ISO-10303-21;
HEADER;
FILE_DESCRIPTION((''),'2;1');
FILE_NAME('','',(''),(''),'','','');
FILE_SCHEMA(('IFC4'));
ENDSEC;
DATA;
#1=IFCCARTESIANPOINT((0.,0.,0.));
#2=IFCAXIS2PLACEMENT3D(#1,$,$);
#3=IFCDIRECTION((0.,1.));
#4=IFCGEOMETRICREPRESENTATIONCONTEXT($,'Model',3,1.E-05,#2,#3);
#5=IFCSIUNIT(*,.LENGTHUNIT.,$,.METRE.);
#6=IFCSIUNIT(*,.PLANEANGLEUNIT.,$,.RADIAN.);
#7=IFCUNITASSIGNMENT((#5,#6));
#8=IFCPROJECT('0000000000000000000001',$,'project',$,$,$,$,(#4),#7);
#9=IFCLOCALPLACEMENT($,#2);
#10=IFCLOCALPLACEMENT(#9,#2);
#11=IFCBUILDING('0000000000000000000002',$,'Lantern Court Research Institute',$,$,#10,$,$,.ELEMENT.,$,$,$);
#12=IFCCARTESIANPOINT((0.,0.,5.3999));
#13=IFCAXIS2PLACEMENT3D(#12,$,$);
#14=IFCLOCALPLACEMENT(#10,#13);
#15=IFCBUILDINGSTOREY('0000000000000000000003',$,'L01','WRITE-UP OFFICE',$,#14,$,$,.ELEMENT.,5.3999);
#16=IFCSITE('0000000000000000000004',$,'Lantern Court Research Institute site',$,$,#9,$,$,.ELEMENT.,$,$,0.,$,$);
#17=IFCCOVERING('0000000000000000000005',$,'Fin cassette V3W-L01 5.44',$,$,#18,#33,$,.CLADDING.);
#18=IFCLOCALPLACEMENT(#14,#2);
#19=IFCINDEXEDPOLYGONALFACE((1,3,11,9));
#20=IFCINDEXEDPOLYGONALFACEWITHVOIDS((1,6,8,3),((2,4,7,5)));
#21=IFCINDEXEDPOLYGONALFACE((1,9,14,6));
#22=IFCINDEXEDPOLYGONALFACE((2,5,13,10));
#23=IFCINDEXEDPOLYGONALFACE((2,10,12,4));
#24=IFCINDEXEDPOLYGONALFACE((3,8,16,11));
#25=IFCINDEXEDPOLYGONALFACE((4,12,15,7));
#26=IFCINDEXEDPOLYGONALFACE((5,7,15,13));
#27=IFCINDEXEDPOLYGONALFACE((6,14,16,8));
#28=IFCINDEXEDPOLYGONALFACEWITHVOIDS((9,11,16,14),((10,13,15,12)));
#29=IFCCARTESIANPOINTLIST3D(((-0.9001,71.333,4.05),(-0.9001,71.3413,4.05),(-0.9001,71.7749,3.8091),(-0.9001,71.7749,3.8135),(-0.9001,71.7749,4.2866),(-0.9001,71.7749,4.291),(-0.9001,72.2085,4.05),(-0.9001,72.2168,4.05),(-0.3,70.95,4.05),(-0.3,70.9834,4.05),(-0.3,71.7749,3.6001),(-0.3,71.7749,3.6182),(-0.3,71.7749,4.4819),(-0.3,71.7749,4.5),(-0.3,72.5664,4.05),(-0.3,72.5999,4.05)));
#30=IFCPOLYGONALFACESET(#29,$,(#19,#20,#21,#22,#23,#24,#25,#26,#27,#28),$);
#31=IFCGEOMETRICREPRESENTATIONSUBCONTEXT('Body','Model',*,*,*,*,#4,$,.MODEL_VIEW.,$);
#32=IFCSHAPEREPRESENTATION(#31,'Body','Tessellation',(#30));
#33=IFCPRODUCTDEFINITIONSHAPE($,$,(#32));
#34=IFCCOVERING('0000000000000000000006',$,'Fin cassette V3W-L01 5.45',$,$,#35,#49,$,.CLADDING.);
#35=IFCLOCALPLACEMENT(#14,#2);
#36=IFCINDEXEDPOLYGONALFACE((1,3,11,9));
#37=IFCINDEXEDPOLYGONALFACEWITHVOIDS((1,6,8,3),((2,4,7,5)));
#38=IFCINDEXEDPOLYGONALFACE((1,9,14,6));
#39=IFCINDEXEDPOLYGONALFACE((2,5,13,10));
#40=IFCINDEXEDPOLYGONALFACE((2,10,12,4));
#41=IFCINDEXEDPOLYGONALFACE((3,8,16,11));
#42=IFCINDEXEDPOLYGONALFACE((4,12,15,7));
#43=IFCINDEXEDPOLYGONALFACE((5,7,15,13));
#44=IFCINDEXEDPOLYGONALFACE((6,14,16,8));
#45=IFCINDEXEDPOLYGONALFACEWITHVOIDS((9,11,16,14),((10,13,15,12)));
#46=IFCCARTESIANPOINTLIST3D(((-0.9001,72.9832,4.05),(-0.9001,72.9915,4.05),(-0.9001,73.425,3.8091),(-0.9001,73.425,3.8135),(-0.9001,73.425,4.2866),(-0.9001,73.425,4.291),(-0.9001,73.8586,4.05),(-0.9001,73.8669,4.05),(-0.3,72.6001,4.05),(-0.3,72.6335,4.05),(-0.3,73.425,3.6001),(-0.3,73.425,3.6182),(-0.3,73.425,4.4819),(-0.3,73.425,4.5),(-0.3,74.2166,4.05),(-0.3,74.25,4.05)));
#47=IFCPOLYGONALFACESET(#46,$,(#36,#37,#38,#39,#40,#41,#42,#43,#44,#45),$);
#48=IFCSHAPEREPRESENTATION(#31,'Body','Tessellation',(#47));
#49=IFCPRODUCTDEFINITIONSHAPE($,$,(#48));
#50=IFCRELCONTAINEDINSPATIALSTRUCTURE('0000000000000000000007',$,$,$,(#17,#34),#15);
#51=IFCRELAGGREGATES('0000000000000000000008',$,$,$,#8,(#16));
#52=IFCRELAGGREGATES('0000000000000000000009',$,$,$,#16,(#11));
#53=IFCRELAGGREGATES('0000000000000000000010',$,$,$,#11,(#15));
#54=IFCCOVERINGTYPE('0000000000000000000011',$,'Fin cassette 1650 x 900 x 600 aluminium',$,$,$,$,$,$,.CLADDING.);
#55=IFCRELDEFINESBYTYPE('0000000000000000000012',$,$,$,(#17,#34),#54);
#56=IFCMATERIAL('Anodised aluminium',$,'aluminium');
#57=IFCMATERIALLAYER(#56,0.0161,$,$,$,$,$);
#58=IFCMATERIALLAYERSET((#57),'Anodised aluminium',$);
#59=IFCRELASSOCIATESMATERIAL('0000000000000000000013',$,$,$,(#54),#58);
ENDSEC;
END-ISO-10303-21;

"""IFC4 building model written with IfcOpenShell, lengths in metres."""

from ifc_helpers import new_model, entity, si_unit, direction, frame, origin, place, context, subcontext, project, spatial, material, layer, layer_set, type_object, element, save


model = new_model("IFC4")

# Units and contexts
model_context = context("Model", 3, precision=1e-05, world=origin(), true_north=direction((0.0, 1.0)))
body_context = subcontext(model_context, "Body", "Model", "MODEL_VIEW")
ifc_project = project(units=[si_unit("LENGTHUNIT", "METRE"), si_unit("PLANEANGLEUNIT", "RADIAN")], contexts=[model_context])

# Site, building, storey
site_placement = place(None, origin())
site = spatial("IfcSite", under=ifc_project, at=site_placement, Name="Lantern Court Research Institute site", CompositionType="ELEMENT", RefElevation=0.0)
building_placement = place(site_placement, origin())
building = spatial("IfcBuilding", under=site, at=building_placement, Name="Lantern Court Research Institute", CompositionType="ELEMENT")
storey_placement = place(building_placement, frame((0.0, 0.0, 5.3999)))
storey = spatial("IfcBuildingStorey", under=building, at=storey_placement, Name="L01", Description="WRITE-UP OFFICE", CompositionType="ELEMENT", Elevation=5.3999)

# Coverings
ifc_material_1 = material(Name="Anodised aluminium", Category="aluminium")
ifc_layer_1 = layer(ifc_material_1, 0.0161)
ifc_layer_set_1 = layer_set([ifc_layer_1], Name="Anodised aluminium")
covering_type_1 = type_object("IfcCoveringType", Name="Fin cassette 1650 x 900 x 600 aluminium", PredefinedType="CLADDING", material=ifc_layer_set_1)
covering_1_placement = place(storey_placement, frame((-0.3, 71.7749, 4.05), z_axis=(-1.0, 0.0, 0.0), x_axis=(0.0, -1.0, 0.0)))
cartesian_point_1 = entity("IfcCartesianPoint", [0.825, 0.0])
cartesian_point_2 = entity("IfcCartesianPoint", [0.7915, 0.0])
cartesian_point_3 = entity("IfcCartesianPoint", [0.4419, 0.0])
cartesian_point_4 = entity("IfcCartesianPoint", [0.4336, 0.0])
element("IfcCovering", 1, at=covering_1_placement, inside=storey, type_object=covering_type_1, Name="Fin cassette V3W-L01 5.44", PredefinedType="CLADDING", context=body_context, shape_type="SweptSolid", body=[
    entity("IfcExtrudedAreaSolidTapered", entity("IfcArbitraryProfileDefWithVoids", "AREA", None, entity("IfcPolyline", [cartesian_point_1, entity("IfcCartesianPoint", [0.0, 0.45]), entity("IfcCartesianPoint", [-0.825, 0.0]), entity("IfcCartesianPoint", [0.0, -0.45]), cartesian_point_1]), [entity("IfcPolyline", [cartesian_point_2, entity("IfcCartesianPoint", [0.0, 0.4319]), entity("IfcCartesianPoint", [-0.7915, 0.0]), entity("IfcCartesianPoint", [0.0, -0.4319]), cartesian_point_2])]), entity("IfcAxis2Placement3D", entity("IfcCartesianPoint", [0.0, 0.0, 0.0])), entity("IfcDirection", [0.0, 0.0, 1.0]), 0.6001, entity("IfcArbitraryProfileDefWithVoids", "AREA", None, entity("IfcPolyline", [cartesian_point_3, entity("IfcCartesianPoint", [0.0, 0.241]), entity("IfcCartesianPoint", [-0.4419, 0.0]), entity("IfcCartesianPoint", [0.0, -0.241]), cartesian_point_3]), [entity("IfcPolyline", [cartesian_point_4, entity("IfcCartesianPoint", [0.0, 0.2366]), entity("IfcCartesianPoint", [-0.4336, 0.0]), entity("IfcCartesianPoint", [0.0, -0.2366]), cartesian_point_4])])),
])
covering_2_placement = place(storey_placement, frame((-0.3, 73.425, 4.05), z_axis=(-1.0, 0.0, 0.0), x_axis=(0.0, -1.0, 0.0)))
cartesian_point_5 = entity("IfcCartesianPoint", [0.825, 0.0])
cartesian_point_6 = entity("IfcCartesianPoint", [0.7915, 0.0])
cartesian_point_7 = entity("IfcCartesianPoint", [0.4419, 0.0])
cartesian_point_8 = entity("IfcCartesianPoint", [0.4336, 0.0])
element("IfcCovering", 2, at=covering_2_placement, inside=storey, type_object=covering_type_1, Name="Fin cassette V3W-L01 5.45", PredefinedType="CLADDING", context=body_context, shape_type="SweptSolid", body=[
    entity("IfcExtrudedAreaSolidTapered", entity("IfcArbitraryProfileDefWithVoids", "AREA", None, entity("IfcPolyline", [cartesian_point_5, entity("IfcCartesianPoint", [0.0, 0.45]), entity("IfcCartesianPoint", [-0.825, 0.0]), entity("IfcCartesianPoint", [0.0, -0.45]), cartesian_point_5]), [entity("IfcPolyline", [cartesian_point_6, entity("IfcCartesianPoint", [0.0, 0.4319]), entity("IfcCartesianPoint", [-0.7915, 0.0]), entity("IfcCartesianPoint", [0.0, -0.4319]), cartesian_point_6])]), entity("IfcAxis2Placement3D", entity("IfcCartesianPoint", [0.0, 0.0, 0.0])), entity("IfcDirection", [0.0, 0.0, 1.0]), 0.6001, entity("IfcArbitraryProfileDefWithVoids", "AREA", None, entity("IfcPolyline", [cartesian_point_7, entity("IfcCartesianPoint", [0.0, 0.241]), entity("IfcCartesianPoint", [-0.4419, 0.0]), entity("IfcCartesianPoint", [0.0, -0.241]), cartesian_point_7]), [entity("IfcPolyline", [cartesian_point_8, entity("IfcCartesianPoint", [0.0, 0.2366]), entity("IfcCartesianPoint", [-0.4336, 0.0]), entity("IfcCartesianPoint", [0.0, -0.2366]), cartesian_point_8])])),
])

save(model, "model.ifc")
